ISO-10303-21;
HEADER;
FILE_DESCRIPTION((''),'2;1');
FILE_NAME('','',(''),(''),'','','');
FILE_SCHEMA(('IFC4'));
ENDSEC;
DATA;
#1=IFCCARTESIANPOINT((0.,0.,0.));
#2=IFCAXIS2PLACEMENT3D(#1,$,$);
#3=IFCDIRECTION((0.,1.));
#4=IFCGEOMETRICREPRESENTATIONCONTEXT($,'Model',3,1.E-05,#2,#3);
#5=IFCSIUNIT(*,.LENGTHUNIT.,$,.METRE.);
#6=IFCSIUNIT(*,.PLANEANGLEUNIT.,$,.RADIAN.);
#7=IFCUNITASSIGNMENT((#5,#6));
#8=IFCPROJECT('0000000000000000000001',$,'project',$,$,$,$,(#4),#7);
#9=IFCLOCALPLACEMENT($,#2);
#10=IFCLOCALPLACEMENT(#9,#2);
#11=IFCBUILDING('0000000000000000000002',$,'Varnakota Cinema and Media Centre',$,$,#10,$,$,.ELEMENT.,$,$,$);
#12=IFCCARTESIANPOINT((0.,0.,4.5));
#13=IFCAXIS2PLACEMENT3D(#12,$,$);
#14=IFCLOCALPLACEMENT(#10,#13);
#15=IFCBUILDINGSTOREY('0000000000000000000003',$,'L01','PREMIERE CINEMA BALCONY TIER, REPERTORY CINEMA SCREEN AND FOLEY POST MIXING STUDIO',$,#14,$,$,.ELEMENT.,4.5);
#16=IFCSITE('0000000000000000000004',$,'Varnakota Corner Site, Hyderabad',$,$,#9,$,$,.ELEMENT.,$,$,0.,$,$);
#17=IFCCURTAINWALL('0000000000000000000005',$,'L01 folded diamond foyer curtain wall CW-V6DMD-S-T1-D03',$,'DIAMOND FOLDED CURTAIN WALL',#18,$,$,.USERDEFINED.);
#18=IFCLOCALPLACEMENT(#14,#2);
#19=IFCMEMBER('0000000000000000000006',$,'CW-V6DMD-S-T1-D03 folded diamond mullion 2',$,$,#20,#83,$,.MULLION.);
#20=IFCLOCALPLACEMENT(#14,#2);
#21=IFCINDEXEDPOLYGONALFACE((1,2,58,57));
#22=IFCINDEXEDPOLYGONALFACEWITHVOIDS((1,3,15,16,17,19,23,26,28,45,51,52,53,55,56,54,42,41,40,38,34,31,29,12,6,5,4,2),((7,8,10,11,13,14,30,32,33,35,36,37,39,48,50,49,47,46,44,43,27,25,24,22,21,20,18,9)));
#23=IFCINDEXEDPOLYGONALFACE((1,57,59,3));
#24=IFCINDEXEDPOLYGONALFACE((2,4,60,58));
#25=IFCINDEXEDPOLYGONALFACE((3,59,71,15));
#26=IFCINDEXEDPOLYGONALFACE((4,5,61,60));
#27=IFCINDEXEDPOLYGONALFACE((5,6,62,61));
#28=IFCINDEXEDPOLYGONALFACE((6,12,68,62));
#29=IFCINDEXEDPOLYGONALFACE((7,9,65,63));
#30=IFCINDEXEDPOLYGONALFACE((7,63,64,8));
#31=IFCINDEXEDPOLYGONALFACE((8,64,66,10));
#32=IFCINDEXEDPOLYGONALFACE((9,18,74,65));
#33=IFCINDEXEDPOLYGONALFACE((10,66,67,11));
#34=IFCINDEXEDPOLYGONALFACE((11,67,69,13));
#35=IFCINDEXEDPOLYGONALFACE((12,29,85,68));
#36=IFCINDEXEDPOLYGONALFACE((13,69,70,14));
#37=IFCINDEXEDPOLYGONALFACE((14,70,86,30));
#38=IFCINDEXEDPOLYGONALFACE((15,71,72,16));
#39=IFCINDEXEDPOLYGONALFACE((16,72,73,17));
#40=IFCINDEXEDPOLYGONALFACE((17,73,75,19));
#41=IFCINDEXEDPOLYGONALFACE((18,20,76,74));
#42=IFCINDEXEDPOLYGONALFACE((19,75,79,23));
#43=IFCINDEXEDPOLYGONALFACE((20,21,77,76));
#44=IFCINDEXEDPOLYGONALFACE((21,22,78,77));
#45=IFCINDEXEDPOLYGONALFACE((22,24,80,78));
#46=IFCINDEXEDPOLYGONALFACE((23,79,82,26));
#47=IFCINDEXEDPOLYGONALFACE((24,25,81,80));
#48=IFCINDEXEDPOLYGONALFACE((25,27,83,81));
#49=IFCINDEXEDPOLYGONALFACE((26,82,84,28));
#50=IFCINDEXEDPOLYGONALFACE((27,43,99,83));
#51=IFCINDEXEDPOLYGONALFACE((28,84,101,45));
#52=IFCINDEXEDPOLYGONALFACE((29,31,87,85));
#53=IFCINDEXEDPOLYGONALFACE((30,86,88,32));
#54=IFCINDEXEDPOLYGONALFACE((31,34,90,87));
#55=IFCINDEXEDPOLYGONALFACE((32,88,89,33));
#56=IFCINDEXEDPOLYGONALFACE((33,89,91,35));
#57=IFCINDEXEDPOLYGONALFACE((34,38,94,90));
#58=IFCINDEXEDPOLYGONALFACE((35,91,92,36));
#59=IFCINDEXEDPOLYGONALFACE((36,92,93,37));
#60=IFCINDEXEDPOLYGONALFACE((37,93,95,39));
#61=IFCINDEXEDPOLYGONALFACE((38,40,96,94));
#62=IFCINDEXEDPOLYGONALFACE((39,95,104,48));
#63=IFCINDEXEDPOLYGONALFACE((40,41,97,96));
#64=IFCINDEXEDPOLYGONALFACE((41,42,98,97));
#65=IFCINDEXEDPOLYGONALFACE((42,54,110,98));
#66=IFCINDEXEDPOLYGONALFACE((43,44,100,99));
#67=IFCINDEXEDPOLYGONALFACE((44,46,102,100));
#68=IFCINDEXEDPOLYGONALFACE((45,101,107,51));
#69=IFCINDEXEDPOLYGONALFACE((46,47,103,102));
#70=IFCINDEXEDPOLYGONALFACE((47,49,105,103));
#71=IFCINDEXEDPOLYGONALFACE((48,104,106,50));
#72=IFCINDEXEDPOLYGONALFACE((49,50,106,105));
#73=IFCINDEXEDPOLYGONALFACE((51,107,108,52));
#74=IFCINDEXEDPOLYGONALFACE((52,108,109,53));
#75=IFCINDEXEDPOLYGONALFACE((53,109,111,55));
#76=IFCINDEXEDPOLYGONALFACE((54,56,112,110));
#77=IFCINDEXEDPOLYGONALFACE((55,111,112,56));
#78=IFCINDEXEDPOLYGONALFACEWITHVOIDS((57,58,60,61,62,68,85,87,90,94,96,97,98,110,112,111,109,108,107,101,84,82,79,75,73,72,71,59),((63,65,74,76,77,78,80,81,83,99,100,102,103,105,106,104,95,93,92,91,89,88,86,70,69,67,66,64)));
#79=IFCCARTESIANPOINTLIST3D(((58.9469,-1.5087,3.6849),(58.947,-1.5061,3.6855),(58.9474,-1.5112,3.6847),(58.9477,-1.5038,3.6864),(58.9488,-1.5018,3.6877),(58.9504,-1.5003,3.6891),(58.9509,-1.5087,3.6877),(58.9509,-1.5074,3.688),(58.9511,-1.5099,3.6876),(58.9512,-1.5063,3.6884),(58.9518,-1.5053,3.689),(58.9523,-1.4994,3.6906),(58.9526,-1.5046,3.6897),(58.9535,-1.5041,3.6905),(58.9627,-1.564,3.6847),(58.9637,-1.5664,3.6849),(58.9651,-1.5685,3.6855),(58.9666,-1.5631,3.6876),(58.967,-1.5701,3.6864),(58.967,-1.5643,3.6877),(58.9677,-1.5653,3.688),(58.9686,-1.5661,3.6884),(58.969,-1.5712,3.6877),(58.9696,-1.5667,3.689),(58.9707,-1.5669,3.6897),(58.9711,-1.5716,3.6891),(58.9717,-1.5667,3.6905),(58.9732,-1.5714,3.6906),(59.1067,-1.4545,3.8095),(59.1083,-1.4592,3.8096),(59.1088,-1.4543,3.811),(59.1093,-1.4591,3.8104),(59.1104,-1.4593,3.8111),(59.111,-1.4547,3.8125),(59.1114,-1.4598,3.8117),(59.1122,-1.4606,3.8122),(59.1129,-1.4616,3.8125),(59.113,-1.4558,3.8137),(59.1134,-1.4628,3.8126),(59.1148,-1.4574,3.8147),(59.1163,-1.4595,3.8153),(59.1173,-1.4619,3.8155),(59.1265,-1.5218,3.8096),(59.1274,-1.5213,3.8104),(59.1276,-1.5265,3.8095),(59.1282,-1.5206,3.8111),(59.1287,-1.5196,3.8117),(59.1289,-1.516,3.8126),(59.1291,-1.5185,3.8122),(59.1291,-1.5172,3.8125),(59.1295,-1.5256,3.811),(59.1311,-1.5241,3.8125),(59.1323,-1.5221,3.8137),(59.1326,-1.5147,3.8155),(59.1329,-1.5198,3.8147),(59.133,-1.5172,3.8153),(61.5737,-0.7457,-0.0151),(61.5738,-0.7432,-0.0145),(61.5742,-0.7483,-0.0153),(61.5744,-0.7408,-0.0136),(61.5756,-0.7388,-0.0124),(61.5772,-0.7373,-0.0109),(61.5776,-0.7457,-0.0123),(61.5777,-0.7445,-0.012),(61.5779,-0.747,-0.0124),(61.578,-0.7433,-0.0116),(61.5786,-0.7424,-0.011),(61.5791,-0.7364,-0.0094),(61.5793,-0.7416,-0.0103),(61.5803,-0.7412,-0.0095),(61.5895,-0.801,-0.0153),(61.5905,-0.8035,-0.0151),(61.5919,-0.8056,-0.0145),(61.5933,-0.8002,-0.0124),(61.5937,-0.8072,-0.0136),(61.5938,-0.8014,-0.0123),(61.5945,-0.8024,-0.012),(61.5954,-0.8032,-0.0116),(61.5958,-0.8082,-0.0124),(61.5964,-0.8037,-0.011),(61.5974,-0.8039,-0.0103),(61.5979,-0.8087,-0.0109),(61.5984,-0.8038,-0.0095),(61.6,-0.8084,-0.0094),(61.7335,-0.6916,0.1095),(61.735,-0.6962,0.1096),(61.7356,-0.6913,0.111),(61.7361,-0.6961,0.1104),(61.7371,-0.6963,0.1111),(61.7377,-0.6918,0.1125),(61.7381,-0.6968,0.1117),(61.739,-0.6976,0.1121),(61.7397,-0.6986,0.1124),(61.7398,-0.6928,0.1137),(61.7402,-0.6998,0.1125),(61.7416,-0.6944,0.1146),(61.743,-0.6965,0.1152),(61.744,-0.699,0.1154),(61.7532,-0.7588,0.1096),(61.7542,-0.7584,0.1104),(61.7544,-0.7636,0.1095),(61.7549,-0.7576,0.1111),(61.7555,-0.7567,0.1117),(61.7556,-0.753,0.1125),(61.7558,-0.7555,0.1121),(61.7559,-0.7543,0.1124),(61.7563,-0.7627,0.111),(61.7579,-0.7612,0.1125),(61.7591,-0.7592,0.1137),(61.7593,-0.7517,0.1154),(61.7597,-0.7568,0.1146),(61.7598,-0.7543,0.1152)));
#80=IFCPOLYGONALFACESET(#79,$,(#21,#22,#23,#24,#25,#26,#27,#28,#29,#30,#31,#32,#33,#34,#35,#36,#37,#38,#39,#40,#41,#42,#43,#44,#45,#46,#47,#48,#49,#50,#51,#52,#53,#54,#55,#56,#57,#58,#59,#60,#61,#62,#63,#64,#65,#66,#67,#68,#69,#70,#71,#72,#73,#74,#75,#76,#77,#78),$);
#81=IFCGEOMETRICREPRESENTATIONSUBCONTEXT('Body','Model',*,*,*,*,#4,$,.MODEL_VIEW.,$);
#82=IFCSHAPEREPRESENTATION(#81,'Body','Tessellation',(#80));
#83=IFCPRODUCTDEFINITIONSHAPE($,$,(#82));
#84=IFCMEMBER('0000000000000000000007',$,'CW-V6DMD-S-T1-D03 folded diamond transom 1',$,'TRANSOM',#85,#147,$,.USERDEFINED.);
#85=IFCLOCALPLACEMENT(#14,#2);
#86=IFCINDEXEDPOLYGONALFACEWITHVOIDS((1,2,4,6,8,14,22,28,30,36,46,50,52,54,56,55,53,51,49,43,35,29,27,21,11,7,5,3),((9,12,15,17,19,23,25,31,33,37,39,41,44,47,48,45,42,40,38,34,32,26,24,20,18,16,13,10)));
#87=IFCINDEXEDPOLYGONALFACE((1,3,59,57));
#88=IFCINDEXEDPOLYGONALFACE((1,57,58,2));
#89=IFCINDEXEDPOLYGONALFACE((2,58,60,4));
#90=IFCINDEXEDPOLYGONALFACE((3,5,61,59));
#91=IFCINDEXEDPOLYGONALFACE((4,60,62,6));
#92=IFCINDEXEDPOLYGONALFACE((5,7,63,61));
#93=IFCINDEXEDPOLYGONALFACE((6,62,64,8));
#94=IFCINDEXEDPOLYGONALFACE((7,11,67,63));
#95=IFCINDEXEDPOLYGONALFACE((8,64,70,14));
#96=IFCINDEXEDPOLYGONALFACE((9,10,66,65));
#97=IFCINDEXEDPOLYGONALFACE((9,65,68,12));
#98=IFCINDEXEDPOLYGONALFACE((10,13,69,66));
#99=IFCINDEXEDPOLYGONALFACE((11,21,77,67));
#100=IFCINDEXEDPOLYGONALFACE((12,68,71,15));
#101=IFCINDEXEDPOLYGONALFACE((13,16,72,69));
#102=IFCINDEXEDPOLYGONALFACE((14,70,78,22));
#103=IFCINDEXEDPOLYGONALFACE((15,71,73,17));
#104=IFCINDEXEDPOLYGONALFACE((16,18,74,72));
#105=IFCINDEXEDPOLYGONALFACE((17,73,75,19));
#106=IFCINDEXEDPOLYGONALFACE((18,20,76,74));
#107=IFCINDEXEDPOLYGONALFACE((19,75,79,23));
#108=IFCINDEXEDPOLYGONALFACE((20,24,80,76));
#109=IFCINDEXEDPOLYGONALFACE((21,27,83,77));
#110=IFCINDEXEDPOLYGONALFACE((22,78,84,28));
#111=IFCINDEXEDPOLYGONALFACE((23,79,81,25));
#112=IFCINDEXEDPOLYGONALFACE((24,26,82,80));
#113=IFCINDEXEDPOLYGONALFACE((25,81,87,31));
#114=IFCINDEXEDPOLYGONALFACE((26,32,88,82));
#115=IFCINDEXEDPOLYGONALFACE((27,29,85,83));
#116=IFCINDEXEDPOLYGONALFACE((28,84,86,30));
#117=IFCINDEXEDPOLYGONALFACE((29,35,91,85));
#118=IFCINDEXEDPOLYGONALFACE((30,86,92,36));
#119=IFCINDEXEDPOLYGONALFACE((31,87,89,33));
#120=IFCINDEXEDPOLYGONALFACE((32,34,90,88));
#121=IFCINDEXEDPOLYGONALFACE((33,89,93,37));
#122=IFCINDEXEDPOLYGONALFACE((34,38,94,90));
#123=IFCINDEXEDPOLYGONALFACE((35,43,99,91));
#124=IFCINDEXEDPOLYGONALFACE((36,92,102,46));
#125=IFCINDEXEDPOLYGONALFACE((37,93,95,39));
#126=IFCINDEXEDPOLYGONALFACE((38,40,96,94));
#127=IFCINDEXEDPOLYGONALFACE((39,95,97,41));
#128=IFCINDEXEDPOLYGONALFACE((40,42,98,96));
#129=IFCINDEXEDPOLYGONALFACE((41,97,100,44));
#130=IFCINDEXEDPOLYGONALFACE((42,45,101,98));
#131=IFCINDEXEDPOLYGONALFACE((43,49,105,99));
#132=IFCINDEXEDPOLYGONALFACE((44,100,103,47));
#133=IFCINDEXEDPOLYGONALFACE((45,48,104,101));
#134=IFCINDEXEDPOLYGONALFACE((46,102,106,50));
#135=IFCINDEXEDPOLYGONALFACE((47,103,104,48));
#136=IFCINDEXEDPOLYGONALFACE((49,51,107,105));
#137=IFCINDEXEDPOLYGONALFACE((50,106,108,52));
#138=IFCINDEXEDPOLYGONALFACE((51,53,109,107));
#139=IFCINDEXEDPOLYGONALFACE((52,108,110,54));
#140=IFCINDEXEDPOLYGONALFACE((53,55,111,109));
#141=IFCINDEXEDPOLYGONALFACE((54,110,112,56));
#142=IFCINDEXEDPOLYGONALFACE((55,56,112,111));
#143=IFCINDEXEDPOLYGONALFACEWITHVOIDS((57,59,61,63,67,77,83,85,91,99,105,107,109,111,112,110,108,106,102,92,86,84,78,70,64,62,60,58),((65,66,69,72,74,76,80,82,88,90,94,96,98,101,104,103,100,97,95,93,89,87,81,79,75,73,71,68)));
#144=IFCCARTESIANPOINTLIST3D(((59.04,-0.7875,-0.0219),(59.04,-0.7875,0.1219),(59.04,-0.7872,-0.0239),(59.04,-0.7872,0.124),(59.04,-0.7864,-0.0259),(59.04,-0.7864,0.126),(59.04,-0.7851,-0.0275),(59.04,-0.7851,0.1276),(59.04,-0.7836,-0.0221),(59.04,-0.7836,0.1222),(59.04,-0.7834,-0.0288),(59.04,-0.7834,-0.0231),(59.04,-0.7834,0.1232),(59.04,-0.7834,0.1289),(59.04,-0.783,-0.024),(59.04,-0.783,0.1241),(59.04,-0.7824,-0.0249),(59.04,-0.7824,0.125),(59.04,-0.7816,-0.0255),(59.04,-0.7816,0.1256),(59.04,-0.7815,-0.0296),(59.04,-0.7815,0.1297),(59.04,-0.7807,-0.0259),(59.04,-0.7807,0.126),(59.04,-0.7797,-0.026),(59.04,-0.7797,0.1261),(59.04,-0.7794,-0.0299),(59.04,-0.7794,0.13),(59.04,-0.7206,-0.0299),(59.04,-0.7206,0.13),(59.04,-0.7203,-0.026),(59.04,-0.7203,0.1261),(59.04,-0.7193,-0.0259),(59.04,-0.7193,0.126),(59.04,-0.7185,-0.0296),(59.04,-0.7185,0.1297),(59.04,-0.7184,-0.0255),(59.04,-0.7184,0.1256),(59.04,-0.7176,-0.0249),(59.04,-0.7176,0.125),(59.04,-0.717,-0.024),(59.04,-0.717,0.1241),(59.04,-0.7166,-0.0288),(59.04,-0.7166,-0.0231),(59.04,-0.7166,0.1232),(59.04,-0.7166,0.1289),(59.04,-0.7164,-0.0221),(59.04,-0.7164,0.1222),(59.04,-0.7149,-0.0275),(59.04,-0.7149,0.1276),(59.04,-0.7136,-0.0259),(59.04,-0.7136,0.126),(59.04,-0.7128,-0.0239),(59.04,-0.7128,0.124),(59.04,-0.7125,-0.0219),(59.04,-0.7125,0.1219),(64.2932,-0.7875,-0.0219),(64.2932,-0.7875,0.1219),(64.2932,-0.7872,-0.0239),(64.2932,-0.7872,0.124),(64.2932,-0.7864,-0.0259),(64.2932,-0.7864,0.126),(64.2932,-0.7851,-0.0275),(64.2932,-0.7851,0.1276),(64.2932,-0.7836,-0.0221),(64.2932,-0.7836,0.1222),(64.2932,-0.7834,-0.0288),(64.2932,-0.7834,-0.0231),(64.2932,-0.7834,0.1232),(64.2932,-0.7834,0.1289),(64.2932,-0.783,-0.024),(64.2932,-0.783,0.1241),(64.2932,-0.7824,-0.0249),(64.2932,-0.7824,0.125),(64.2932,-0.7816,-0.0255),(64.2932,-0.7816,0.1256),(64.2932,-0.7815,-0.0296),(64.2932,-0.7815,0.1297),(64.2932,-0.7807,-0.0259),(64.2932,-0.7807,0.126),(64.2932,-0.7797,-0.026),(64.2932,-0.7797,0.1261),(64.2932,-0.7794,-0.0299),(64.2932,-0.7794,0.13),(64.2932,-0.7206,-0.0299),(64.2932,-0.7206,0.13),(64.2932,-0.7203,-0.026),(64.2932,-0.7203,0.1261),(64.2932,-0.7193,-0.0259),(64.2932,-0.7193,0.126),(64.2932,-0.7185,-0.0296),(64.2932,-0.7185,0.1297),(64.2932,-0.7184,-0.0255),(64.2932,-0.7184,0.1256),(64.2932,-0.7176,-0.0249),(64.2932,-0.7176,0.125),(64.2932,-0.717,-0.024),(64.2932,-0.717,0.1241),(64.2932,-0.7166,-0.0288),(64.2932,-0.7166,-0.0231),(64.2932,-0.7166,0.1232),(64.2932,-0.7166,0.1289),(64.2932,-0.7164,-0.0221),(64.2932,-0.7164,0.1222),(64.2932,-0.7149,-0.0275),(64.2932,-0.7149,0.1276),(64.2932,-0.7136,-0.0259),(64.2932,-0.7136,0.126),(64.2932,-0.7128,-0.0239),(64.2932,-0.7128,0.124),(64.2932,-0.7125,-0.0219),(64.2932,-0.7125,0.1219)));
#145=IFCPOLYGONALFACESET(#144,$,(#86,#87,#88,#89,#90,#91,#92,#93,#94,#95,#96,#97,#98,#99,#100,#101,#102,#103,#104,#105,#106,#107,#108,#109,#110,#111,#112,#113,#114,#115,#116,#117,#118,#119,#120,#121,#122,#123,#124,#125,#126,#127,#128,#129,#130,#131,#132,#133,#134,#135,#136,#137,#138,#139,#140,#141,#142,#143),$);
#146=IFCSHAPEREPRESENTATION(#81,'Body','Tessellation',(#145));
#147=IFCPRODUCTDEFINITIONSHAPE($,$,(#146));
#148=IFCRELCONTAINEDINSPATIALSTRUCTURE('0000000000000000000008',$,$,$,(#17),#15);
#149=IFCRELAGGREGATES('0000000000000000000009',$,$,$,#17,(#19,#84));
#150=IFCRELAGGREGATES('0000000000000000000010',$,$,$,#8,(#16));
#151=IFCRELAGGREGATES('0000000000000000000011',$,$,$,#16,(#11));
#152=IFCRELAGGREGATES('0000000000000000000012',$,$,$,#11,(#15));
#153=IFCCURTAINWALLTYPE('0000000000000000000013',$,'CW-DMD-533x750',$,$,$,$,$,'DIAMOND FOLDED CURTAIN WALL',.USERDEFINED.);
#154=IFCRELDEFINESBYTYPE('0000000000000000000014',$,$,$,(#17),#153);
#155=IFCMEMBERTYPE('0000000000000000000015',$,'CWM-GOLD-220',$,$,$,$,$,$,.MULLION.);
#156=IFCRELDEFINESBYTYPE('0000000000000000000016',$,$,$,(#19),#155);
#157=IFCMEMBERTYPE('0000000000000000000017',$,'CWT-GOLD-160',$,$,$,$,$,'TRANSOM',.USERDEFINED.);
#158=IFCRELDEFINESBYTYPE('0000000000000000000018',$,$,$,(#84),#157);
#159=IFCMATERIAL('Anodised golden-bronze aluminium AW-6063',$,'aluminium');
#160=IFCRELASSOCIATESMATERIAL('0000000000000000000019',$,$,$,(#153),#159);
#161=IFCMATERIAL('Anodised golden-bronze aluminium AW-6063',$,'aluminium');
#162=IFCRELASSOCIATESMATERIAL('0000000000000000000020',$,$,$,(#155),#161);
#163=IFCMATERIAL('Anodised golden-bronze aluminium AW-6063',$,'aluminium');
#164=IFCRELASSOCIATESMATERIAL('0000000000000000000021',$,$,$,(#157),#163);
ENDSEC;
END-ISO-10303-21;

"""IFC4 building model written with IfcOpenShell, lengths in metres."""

from ifc_helpers import new_model, si_unit, direction, frame, origin, origin_2d, place, context, subcontext, project, spatial, hollow_rectangle, extrude, material, material_profile, profile_set, type_object, element, aggregate, save


model = new_model("IFC4")

# Units and contexts
model_context = context("Model", 3, precision=1e-05, world=origin(), true_north=direction((0.0, 1.0)))
body_context = subcontext(model_context, "Body", "Model", "MODEL_VIEW")
ifc_project = project(units=[si_unit("LENGTHUNIT", "METRE"), si_unit("PLANEANGLEUNIT", "RADIAN")], contexts=[model_context])

# Site, building, storey
site_placement = place(None, origin())
site = spatial("IfcSite", under=ifc_project, at=site_placement, Name="Varnakota Corner Site, Hyderabad", CompositionType="ELEMENT", RefElevation=0.0)
building_placement = place(site_placement, origin())
building = spatial("IfcBuilding", under=site, at=building_placement, Name="Varnakota Cinema and Media Centre", CompositionType="ELEMENT")
storey_placement = place(building_placement, frame((0.0, 0.0, 4.5)))
storey = spatial("IfcBuildingStorey", under=building, at=storey_placement, Name="L01", Description="PREMIERE CINEMA BALCONY TIER, REPERTORY CINEMA SCREEN AND FOLEY POST MIXING STUDIO", CompositionType="ELEMENT", Elevation=4.5)

# Curtain wall, members
ifc_material_1 = material(Name="Anodised golden-bronze aluminium AW-6063", Category="aluminium")
curtain_wall_type = type_object("IfcCurtainWallType", Name="CW-DMD-533x750", ElementType="DIAMOND FOLDED CURTAIN WALL", PredefinedType="USERDEFINED", material=ifc_material_1)
curtain_wall_placement = place(storey_placement, origin())
curtain_wall = element("IfcCurtainWall", 1, at=curtain_wall_placement, inside=storey, type_object=curtain_wall_type, Name="L01 folded diamond foyer curtain wall CW-V6DMD-S-T1-D03", ObjectType="DIAMOND FOLDED CURTAIN WALL", PredefinedType="USERDEFINED")
ifc_material_2 = material(Name="Anodised golden-bronze aluminium AW-6063", Category="aluminium")
ifc_material_profile_1 = material_profile(ifc_material_2, hollow_rectangle(XDim=0.075, YDim=0.22, WallThickness=0.0049, InnerFilletRadius=0.0049, OuterFilletRadius=0.01, at=origin_2d()), Name="AL-MULLION 220x75x5")
ifc_profile_set_1 = profile_set([ifc_material_profile_1], Name="Anodised golden-bronze aluminium AW-6063")
member_type_1 = type_object("IfcMemberType", Name="CWM-GOLD-220", PredefinedType="MULLION", material=ifc_profile_set_1)
member_1_placement = place(storey_placement, frame((61.6667, -0.75, 0.05), z_axis=(-0.570871, -0.165812, 0.804122), x_axis=(0.278927, -0.960312, 0.0)))
member_1 = element("IfcMember", 2, at=member_1_placement, type_object=member_type_1, Name="CW-V6DMD-S-T1-D03 folded diamond mullion 2", PredefinedType="MULLION", context=body_context, shape_type="SweptSolid", body=[
    extrude(hollow_rectangle(XDim=0.075, YDim=0.22, WallThickness=0.0049, InnerFilletRadius=0.0049, OuterFilletRadius=0.01, at=origin_2d()), origin(), (0.0, 0.0, 1.0), 4.6013),
])
ifc_material_3 = material(Name="Anodised golden-bronze aluminium AW-6063", Category="aluminium")
ifc_material_profile_2 = material_profile(ifc_material_3, hollow_rectangle(XDim=0.075, YDim=0.1599, WallThickness=0.0039, InnerFilletRadius=0.0039, OuterFilletRadius=0.0081, at=origin_2d()), Name="AL-TRANSOM 160x75x4")
ifc_profile_set_2 = profile_set([ifc_material_profile_2], Name="Anodised golden-bronze aluminium AW-6063")
member_type_2 = type_object("IfcMemberType", Name="CWT-GOLD-160", ElementType="TRANSOM", PredefinedType="USERDEFINED", material=ifc_profile_set_2)
member_2_placement = place(storey_placement, frame((64.2932, -0.75, 0.05), z_axis=(-1.0, 0.0, 0.0), x_axis=(0.0, -1.0, 0.0)))
member_2 = element("IfcMember", 3, at=member_2_placement, type_object=member_type_2, Name="CW-V6DMD-S-T1-D03 folded diamond transom 1", ObjectType="TRANSOM", PredefinedType="USERDEFINED", context=body_context, shape_type="SweptSolid", body=[
    extrude(hollow_rectangle(XDim=0.075, YDim=0.1599, WallThickness=0.0039, InnerFilletRadius=0.0039, OuterFilletRadius=0.0081, at=origin_2d()), origin(), (0.0, 0.0, 1.0), 5.2532),
])
aggregate(curtain_wall, [member_1, member_2])

save(model, "model.ifc")
